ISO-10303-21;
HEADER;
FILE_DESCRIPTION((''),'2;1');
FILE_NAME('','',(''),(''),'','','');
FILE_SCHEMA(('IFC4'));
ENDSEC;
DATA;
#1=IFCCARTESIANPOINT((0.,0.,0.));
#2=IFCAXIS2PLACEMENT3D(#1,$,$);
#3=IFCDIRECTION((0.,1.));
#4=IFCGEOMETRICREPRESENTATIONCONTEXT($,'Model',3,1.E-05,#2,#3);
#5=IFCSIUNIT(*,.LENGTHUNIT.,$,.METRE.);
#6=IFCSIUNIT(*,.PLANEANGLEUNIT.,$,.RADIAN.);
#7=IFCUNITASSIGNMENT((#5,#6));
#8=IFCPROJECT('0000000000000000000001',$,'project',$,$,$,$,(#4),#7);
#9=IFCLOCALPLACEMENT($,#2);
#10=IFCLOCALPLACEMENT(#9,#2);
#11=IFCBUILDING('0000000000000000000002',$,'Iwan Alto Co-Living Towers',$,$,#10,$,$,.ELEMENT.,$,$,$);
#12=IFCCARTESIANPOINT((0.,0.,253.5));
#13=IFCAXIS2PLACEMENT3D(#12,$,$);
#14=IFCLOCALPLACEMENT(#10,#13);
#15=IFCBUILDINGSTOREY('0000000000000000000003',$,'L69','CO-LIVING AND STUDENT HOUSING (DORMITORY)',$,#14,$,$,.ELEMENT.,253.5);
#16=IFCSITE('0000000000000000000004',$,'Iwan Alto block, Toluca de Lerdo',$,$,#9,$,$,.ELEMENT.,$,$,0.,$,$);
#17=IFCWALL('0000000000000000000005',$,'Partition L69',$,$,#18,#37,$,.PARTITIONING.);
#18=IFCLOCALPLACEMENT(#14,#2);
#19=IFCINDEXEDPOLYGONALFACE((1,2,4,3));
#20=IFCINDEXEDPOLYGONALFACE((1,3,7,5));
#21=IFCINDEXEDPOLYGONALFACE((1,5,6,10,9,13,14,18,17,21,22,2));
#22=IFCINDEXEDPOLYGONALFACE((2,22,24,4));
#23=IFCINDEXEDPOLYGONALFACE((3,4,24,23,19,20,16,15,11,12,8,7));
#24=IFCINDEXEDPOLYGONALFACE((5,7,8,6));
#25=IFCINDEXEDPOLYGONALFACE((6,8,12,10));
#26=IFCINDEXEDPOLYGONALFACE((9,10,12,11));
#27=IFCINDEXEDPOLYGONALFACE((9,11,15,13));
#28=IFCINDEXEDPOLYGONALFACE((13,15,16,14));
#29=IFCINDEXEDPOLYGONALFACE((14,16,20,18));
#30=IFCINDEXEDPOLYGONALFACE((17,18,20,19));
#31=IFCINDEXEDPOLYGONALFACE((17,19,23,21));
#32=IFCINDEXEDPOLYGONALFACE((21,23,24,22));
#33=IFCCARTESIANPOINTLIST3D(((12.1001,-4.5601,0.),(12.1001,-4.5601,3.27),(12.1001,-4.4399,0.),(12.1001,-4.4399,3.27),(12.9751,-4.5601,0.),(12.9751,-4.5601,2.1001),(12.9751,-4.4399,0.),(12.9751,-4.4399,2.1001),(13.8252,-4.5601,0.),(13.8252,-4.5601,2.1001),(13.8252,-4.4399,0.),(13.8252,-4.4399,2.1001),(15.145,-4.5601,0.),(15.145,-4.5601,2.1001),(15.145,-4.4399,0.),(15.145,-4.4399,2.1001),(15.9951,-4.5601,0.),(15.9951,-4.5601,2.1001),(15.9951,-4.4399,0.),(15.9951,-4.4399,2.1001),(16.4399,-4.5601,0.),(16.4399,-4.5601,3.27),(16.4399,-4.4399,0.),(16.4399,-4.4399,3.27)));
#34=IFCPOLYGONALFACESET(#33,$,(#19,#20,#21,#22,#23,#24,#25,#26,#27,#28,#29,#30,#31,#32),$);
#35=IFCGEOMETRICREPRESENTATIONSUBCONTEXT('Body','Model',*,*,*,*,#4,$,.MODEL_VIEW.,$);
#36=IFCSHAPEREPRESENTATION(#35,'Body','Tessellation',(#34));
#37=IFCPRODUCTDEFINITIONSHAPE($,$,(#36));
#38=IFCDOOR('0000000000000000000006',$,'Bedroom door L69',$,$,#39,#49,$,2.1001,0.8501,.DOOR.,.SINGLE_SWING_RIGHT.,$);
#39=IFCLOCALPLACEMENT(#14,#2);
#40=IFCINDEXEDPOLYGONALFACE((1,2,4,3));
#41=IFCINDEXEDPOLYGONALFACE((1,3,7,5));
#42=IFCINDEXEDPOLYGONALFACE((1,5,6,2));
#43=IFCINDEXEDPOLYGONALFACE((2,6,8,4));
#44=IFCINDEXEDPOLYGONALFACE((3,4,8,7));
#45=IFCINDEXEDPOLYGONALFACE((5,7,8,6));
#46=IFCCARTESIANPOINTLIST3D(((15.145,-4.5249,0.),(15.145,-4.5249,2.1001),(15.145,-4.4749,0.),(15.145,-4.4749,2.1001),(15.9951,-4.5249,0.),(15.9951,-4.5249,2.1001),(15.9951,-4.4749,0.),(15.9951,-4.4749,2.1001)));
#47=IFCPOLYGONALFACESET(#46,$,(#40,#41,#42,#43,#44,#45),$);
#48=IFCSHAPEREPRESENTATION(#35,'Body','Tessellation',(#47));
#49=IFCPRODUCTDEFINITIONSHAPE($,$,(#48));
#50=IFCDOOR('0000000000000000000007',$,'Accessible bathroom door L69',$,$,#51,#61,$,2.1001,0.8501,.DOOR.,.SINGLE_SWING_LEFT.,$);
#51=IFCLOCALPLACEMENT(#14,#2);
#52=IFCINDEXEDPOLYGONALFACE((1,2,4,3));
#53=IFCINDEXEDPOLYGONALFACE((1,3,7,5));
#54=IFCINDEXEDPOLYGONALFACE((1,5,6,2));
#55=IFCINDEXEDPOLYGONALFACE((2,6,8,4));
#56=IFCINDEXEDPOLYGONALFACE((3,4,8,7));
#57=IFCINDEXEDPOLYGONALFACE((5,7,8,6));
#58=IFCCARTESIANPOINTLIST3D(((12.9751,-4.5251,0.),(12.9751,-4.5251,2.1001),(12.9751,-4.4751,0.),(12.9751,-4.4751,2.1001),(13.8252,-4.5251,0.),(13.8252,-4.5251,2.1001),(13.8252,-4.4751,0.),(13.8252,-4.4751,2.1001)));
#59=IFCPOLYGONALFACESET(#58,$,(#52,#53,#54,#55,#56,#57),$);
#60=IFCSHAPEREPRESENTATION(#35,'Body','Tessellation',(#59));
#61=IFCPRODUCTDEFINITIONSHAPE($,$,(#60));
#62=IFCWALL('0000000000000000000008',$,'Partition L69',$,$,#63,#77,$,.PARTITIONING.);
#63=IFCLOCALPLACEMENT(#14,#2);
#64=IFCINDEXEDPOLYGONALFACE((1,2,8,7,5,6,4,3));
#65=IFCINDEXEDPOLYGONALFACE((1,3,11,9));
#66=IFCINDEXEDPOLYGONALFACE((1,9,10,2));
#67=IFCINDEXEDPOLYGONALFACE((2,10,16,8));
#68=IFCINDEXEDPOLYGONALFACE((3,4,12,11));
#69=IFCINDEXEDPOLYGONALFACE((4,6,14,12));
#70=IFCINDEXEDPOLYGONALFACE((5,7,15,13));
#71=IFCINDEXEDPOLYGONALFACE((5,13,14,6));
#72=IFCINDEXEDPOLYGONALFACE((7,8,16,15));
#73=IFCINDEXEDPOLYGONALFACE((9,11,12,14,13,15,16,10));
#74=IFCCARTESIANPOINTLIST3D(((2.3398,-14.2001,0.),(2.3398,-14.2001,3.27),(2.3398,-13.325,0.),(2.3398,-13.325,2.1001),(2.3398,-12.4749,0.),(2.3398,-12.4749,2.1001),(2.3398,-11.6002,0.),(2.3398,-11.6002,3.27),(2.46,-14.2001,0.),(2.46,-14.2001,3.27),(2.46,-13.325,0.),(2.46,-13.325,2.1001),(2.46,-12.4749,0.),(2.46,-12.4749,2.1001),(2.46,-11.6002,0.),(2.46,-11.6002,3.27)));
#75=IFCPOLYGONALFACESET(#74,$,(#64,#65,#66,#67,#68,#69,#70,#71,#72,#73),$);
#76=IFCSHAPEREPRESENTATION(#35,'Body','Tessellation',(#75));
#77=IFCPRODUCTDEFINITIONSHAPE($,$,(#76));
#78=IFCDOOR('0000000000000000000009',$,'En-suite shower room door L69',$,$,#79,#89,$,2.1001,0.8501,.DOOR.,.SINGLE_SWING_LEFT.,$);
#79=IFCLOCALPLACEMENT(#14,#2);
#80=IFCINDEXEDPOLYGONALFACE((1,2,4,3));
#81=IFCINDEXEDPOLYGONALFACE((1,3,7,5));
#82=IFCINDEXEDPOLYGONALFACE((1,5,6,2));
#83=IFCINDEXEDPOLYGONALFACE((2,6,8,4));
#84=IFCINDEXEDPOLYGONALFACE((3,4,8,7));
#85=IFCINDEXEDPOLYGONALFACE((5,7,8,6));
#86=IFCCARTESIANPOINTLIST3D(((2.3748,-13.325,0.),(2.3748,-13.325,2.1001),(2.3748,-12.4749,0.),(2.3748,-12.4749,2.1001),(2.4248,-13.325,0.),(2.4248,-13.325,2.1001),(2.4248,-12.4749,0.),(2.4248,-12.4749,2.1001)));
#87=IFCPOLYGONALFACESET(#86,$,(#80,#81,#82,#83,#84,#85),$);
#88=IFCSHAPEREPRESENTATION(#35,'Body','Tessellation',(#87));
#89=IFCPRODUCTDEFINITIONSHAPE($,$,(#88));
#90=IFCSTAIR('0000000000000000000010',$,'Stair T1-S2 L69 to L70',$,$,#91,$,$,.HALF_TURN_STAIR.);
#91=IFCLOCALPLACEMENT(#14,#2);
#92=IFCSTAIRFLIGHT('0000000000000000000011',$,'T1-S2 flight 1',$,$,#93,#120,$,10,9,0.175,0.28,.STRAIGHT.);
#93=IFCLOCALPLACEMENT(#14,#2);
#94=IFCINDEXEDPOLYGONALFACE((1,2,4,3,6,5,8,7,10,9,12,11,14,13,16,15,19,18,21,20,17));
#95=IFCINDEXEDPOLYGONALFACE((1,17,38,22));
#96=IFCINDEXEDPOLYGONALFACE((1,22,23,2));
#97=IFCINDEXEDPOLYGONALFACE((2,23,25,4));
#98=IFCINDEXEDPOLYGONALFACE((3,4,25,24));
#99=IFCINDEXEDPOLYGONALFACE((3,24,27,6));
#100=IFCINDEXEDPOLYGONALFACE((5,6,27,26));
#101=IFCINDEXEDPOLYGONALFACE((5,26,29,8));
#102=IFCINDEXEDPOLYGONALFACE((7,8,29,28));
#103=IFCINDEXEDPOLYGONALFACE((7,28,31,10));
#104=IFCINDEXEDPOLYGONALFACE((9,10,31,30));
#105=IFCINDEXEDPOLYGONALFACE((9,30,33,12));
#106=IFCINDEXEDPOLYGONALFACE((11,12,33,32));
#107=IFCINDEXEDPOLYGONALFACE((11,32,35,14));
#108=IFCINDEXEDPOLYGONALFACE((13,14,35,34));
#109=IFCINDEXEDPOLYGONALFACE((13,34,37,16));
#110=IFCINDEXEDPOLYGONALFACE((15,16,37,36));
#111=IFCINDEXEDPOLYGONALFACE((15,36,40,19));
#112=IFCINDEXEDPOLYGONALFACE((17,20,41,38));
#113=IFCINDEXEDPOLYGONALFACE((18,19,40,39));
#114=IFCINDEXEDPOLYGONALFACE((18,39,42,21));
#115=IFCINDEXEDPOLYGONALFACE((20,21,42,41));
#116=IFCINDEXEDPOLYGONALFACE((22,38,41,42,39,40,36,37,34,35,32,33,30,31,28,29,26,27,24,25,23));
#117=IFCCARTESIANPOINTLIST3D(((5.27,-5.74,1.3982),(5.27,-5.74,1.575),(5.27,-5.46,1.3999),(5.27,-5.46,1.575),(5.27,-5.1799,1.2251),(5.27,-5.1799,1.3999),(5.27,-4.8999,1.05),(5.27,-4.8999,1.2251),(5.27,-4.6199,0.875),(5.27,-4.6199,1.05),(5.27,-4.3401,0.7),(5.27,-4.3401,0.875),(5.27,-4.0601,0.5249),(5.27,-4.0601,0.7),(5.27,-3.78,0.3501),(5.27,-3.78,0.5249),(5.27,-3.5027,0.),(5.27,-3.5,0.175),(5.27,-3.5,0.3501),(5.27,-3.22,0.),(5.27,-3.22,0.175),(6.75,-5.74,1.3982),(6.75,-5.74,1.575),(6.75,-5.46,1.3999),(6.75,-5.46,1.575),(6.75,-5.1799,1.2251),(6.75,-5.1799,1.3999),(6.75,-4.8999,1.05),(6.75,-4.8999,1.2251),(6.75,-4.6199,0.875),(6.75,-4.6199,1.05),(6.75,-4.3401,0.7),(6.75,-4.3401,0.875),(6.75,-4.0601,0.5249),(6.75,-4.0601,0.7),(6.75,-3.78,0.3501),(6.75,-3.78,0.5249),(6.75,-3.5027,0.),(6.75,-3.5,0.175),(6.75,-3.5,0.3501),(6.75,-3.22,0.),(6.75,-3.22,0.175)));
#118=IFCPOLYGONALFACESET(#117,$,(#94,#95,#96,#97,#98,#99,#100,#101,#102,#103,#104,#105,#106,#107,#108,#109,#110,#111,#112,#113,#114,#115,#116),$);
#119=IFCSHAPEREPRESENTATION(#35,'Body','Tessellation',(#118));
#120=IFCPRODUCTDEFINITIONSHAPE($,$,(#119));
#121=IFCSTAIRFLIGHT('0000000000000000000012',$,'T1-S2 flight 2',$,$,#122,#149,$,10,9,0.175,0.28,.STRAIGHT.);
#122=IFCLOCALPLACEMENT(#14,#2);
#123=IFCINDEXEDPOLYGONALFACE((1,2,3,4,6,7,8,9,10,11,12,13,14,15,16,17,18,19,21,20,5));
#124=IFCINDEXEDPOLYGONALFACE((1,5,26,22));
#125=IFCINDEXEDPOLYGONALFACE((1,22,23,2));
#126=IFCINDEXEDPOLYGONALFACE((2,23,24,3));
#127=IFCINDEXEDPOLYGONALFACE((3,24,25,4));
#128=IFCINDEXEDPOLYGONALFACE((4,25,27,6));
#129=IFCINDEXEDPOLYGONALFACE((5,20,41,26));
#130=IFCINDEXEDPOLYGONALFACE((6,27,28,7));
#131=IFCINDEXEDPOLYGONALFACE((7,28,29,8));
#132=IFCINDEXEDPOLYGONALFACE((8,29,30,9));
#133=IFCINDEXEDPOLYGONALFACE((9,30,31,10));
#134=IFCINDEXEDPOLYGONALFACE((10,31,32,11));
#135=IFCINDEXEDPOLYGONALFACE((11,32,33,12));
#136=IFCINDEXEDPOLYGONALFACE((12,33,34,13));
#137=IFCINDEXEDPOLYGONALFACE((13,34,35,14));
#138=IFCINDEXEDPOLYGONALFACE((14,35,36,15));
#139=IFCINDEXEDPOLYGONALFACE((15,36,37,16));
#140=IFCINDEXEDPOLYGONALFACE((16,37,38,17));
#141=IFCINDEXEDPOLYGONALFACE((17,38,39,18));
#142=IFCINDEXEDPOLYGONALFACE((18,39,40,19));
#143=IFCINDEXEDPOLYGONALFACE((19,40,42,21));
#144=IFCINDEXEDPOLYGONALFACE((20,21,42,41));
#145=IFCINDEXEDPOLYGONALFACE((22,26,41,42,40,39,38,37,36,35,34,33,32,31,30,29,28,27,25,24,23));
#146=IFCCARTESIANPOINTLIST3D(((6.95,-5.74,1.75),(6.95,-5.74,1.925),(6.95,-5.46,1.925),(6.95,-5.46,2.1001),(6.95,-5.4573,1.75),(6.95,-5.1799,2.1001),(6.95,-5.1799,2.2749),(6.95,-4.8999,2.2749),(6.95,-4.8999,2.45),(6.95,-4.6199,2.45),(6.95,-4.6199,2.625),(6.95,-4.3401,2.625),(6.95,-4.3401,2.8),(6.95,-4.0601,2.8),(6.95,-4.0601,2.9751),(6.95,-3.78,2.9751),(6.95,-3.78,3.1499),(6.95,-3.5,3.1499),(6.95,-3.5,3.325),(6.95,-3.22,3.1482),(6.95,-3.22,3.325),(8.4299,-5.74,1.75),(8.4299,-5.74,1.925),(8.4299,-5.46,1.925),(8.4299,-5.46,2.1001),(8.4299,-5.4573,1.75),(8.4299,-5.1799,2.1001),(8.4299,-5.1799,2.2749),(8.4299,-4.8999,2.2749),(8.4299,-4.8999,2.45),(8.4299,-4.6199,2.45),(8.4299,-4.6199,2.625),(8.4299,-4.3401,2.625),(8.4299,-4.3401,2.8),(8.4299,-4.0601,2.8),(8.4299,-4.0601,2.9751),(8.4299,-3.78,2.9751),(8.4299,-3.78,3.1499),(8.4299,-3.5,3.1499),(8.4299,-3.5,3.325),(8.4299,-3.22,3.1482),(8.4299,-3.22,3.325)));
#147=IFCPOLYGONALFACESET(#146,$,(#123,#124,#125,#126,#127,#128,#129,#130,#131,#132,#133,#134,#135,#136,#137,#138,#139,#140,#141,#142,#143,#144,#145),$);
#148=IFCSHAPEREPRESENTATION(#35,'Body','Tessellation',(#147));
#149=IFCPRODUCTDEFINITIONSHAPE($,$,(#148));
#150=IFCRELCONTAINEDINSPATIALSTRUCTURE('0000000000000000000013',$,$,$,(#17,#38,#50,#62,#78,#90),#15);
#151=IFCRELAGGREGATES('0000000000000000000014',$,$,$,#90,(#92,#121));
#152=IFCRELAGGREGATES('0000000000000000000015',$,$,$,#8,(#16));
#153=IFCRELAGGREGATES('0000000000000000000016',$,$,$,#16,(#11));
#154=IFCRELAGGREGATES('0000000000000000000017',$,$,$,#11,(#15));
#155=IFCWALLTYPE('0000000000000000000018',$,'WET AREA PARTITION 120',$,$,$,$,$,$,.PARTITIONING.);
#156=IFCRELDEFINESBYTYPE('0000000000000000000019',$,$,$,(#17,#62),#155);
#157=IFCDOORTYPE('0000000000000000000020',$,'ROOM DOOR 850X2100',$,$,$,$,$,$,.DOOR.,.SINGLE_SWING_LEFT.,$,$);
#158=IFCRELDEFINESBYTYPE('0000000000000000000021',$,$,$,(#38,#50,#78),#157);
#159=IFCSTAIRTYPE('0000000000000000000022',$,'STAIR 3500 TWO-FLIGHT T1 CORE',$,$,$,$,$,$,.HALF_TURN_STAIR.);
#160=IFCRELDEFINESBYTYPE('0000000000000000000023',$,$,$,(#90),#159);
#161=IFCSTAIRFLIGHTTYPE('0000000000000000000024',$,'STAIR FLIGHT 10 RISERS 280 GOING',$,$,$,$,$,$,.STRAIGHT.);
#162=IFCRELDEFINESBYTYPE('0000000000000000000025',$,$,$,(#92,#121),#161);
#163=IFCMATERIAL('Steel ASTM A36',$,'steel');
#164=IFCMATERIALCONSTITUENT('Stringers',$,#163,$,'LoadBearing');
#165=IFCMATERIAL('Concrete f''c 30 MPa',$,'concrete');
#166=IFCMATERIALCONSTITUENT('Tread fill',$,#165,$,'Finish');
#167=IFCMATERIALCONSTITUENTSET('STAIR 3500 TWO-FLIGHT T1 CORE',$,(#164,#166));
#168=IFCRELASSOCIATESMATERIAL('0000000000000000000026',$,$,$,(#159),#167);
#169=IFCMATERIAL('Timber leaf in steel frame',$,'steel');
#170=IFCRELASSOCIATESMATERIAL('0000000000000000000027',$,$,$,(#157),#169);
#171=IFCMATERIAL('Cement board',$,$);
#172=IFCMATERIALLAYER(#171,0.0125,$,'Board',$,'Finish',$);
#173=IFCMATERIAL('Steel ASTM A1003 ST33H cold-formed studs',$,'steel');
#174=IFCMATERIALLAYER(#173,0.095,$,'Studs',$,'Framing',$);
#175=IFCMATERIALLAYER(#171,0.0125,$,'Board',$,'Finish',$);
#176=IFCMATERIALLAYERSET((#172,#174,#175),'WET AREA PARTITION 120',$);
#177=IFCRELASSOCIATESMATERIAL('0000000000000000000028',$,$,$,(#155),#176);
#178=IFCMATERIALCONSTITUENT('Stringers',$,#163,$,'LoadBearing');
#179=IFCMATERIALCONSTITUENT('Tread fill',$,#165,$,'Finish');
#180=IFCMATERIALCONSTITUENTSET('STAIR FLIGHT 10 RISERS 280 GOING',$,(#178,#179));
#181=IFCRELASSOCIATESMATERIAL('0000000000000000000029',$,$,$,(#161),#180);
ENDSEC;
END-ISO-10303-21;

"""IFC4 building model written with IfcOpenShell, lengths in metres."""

from ifc_helpers import new_model, si_unit, direction, frame, frame_2d, origin, place, context, subcontext, project, spatial, polyline, rectangle, outline, extrude, material, layer, layer_set, constituent, constituent_set, type_object, element, fill, aggregate, save


model = new_model("IFC4")

# Units and contexts
model_context = context("Model", 3, precision=1e-05, world=origin(), true_north=direction((0.0, 1.0)))
body_context = subcontext(model_context, "Body", "Model", "MODEL_VIEW")
ifc_project = project(units=[si_unit("LENGTHUNIT", "METRE"), si_unit("PLANEANGLEUNIT", "RADIAN")], contexts=[model_context])

# Site, building, storey
site_placement = place(None, origin())
site = spatial("IfcSite", under=ifc_project, at=site_placement, Name="Iwan Alto block, Toluca de Lerdo", CompositionType="ELEMENT", RefElevation=0.0)
building_placement = place(site_placement, origin())
building = spatial("IfcBuilding", under=site, at=building_placement, Name="Iwan Alto Co-Living Towers", CompositionType="ELEMENT")
storey_placement = place(building_placement, frame((0.0, 0.0, 253.5)))
storey = spatial("IfcBuildingStorey", under=building, at=storey_placement, Name="L69", Description="CO-LIVING AND STUDENT HOUSING (DORMITORY)", CompositionType="ELEMENT", Elevation=253.5)

# Shared definitions
ifc_material_1 = material(Name="Steel ASTM A36", Category="steel")
ifc_constituent_1 = constituent(ifc_material_1, Name="Stringers", Category="LoadBearing")
ifc_material_2 = material(Name="Concrete f'c 30 MPa", Category="concrete")
ifc_constituent_2 = constituent(ifc_material_2, Name="Tread fill", Category="Finish")
ifc_constituent_set_1 = constituent_set(constituents=[ifc_constituent_1, ifc_constituent_2], Name="STAIR 3500 TWO-FLIGHT T1 CORE")
stair_type = type_object("IfcStairType", Name="STAIR 3500 TWO-FLIGHT T1 CORE", PredefinedType="HALF_TURN_STAIR", material=ifc_constituent_set_1)

# Shared definitions
ifc_material_3 = material(Name="Steel ASTM A1003 ST33H cold-formed studs", Category="steel")

# Shared definitions
ifc_material_4 = material(Name="Timber leaf in steel frame", Category="steel")
door_type_1 = type_object("IfcDoorType", Name="ROOM DOOR 850X2100", OperationType="SINGLE_SWING_LEFT", PredefinedType="DOOR", material=ifc_material_4)

# Wall, openings, doors
ifc_material_5 = material(Name="Cement board")
ifc_layer_1 = layer(ifc_material_5, 0.0125, Name="Board", Category="Finish")
ifc_layer_2 = layer(ifc_material_3, 0.095, Name="Studs", Category="Framing")
ifc_layer_3 = layer(ifc_material_5, 0.0125, Name="Board", Category="Finish")
ifc_layer_set_1 = layer_set([ifc_layer_1, ifc_layer_2, ifc_layer_3], Name="WET AREA PARTITION 120")
wall_type_1 = type_object("IfcWallType", Name="WET AREA PARTITION 120", PredefinedType="PARTITIONING", material=ifc_layer_set_1)
wall_1_placement = place(storey_placement, frame((12.1001, -4.5, 0.0), z_axis=(0.0, 0.0, 1.0), x_axis=(1.0, 0.0, 0.0)))
wall_1 = element("IfcWall", 1, at=wall_1_placement, inside=storey, type_object=wall_type_1, Name="Partition L69", PredefinedType="PARTITIONING", context=body_context, shape_type="SweptSolid", body=[
    extrude(rectangle(XDim=4.3398, YDim=0.1201, at=frame_2d((2.1699, 0.0))), origin(), (0.0, 0.0, 1.0), 3.27),
])
opening_1_placement = place(wall_1_placement, frame((3.0449, 0.0, 0.0)))
opening_1 = element("IfcOpeningElement", 2, at=opening_1_placement, cuts=wall_1, PredefinedType="OPENING", context=body_context, shape_type="SweptSolid", body=[
    extrude(rectangle(XDim=0.8501, YDim=2.1001, at=frame_2d((0.425, 1.05))), frame((0.0, 0.0701, 0.0), z_axis=(0.0, -1.0, 0.0), x_axis=(1.0, 0.0, 0.0)), (0.0, 0.0, 1.0), 0.1401),
])
opening_2_placement = place(wall_1_placement, frame((0.875, 0.0, 0.0)))
opening_2 = element("IfcOpeningElement", 3, at=opening_2_placement, cuts=wall_1, PredefinedType="OPENING", context=body_context, shape_type="SweptSolid", body=[
    extrude(rectangle(XDim=0.8501, YDim=2.1001, at=frame_2d((0.425, 1.05))), frame((0.0, 0.0701, 0.0), z_axis=(0.0, -1.0, 0.0), x_axis=(1.0, 0.0, 0.0)), (0.0, 0.0, 1.0), 0.1401),
])
door_1_placement = place(opening_1_placement, frame((0.8501, 0.0, 0.0), z_axis=(0.0, 0.0, 1.0), x_axis=(-1.0, 0.0, 0.0)))
door_1 = element("IfcDoor", 4, at=door_1_placement, inside=storey, type_object=door_type_1, Name="Bedroom door L69", OperationType="SINGLE_SWING_RIGHT", OverallHeight=2.1001, OverallWidth=0.8501, PredefinedType="DOOR", context=body_context, shape_type="SweptSolid", body=[
    extrude(rectangle(XDim=0.8501, YDim=2.1001, at=frame_2d((0.425, 1.05))), frame((0.0, 0.0249, 0.0), z_axis=(0.0, -1.0, 0.0), x_axis=(1.0, 0.0, 0.0)), (0.0, 0.0, 1.0), 0.05),
])
fill(opening_1, door_1)
door_2_placement = place(opening_2_placement, origin())
door_2 = element("IfcDoor", 5, at=door_2_placement, inside=storey, type_object=door_type_1, Name="Accessible bathroom door L69", OperationType="SINGLE_SWING_LEFT", OverallHeight=2.1001, OverallWidth=0.8501, PredefinedType="DOOR", context=body_context, shape_type="SweptSolid", body=[
    extrude(rectangle(XDim=0.8501, YDim=2.1001, at=frame_2d((0.425, 1.05))), frame((0.0, 0.0249, 0.0), z_axis=(0.0, -1.0, 0.0), x_axis=(1.0, 0.0, 0.0)), (0.0, 0.0, 1.0), 0.05),
])
fill(opening_2, door_2)

# Wall, opening, door
wall_2_placement = place(storey_placement, frame((2.3999, -14.2, 0.0), z_axis=(0.0, 0.0, 1.0), x_axis=(0.0, 1.0, 0.0)))
wall_2 = element("IfcWall", 6, at=wall_2_placement, inside=storey, type_object=wall_type_1, Name="Partition L69", PredefinedType="PARTITIONING", context=body_context, shape_type="SweptSolid", body=[
    extrude(rectangle(XDim=2.5999, YDim=0.1201, at=frame_2d((1.2998, 0.0))), origin(), (0.0, 0.0, 1.0), 3.27),
])
opening_3_placement = place(wall_2_placement, frame((0.875, 0.0, 0.0)))
opening_3 = element("IfcOpeningElement", 7, at=opening_3_placement, cuts=wall_2, PredefinedType="OPENING", context=body_context, shape_type="SweptSolid", body=[
    extrude(rectangle(XDim=0.8501, YDim=2.1001, at=frame_2d((0.425, 1.05))), frame((0.0, 0.0701, 0.0), z_axis=(0.0, -1.0, 0.0), x_axis=(1.0, 0.0, 0.0)), (0.0, 0.0, 1.0), 0.1401),
])
door_3_placement = place(opening_3_placement, frame((0.8501, 0.0, 0.0), z_axis=(0.0, 0.0, 1.0), x_axis=(-1.0, 0.0, 0.0)))
door_3 = element("IfcDoor", 8, at=door_3_placement, inside=storey, type_object=door_type_1, Name="En-suite shower room door L69", OperationType="SINGLE_SWING_LEFT", OverallHeight=2.1001, OverallWidth=0.8501, PredefinedType="DOOR", context=body_context, shape_type="SweptSolid", body=[
    extrude(rectangle(XDim=0.8501, YDim=2.1001, at=frame_2d((0.425, 1.05))), frame((0.0, 0.0249, 0.0), z_axis=(0.0, -1.0, 0.0), x_axis=(1.0, 0.0, 0.0)), (0.0, 0.0, 1.0), 0.05),
])
fill(opening_3, door_3)

# Stair, stair flights
stair_1_placement = place(storey_placement, origin())
stair_1 = element("IfcStair", 9, at=stair_1_placement, inside=storey, type_object=stair_type, Name="Stair T1-S2 L69 to L70", PredefinedType="HALF_TURN_STAIR")
ifc_constituent_3 = constituent(ifc_material_1, Name="Stringers", Category="LoadBearing")
ifc_constituent_4 = constituent(ifc_material_2, Name="Tread fill", Category="Finish")
ifc_constituent_set_2 = constituent_set(constituents=[ifc_constituent_3, ifc_constituent_4], Name="STAIR FLIGHT 10 RISERS 280 GOING")
stair_flight_type = type_object("IfcStairFlightType", Name="STAIR FLIGHT 10 RISERS 280 GOING", PredefinedType="STRAIGHT", material=ifc_constituent_set_2)
stair_flight_1_placement = place(storey_placement, frame((6.01, -3.22, 0.0), z_axis=(0.0, 0.0, 1.0), x_axis=(0.0, -1.0, 0.0)))
stair_flight_1 = element("IfcStairFlight", 10, at=stair_flight_1_placement, type_object=stair_flight_type, Name="T1-S2 flight 1", NumberOfRisers=10, NumberOfTreads=9, PredefinedType="STRAIGHT", RiserHeight=0.175, TreadLength=0.28, context=body_context, shape_type="SweptSolid", body=[
    extrude(outline(polyline([(0.0, 0.0), (0.0, 0.175), (0.28, 0.175), (0.28, 0.3501), (0.5601, 0.3501), (0.5601, 0.5249), (0.8401, 0.5249), (0.8401, 0.7), (1.1201, 0.7), (1.1201, 0.875), (1.3999, 0.875), (1.3999, 1.05), (1.6799, 1.05), (1.6799, 1.2251), (1.96, 1.2251), (1.96, 1.3999), (2.24, 1.3999), (2.24, 1.575), (2.52, 1.575), (2.52, 1.75), (2.52, 1.3982), (0.2827, 0.0), (0.0, 0.0)])), frame((0.0, 0.74, 0.0), z_axis=(0.0, -1.0, 0.0), x_axis=(1.0, 0.0, 0.0)), (0.0, 0.0, 1.0), 1.48),
])
stair_flight_2_placement = place(storey_placement, frame((7.6899, -5.74, 1.75), z_axis=(0.0, 0.0, 1.0), x_axis=(0.0, 1.0, 0.0)))
stair_flight_2 = element("IfcStairFlight", 11, at=stair_flight_2_placement, type_object=stair_flight_type, Name="T1-S2 flight 2", NumberOfRisers=10, NumberOfTreads=9, PredefinedType="STRAIGHT", RiserHeight=0.175, TreadLength=0.28, context=body_context, shape_type="SweptSolid", body=[
    extrude(outline(polyline([(0.0, 0.0), (0.0, 0.175), (0.28, 0.175), (0.28, 0.3501), (0.5601, 0.3501), (0.5601, 0.5249), (0.8401, 0.5249), (0.8401, 0.7), (1.1201, 0.7), (1.1201, 0.875), (1.3999, 0.875), (1.3999, 1.05), (1.6799, 1.05), (1.6799, 1.2251), (1.96, 1.2251), (1.96, 1.3999), (2.24, 1.3999), (2.24, 1.575), (2.52, 1.575), (2.52, 1.75), (2.52, 1.3982), (0.2827, 0.0), (0.0, 0.0)])), frame((0.0, 0.74, 0.0), z_axis=(0.0, -1.0, 0.0), x_axis=(1.0, 0.0, 0.0)), (0.0, 0.0, 1.0), 1.48),
])
aggregate(stair_1, [stair_flight_1, stair_flight_2])

save(model, "model.ifc")
